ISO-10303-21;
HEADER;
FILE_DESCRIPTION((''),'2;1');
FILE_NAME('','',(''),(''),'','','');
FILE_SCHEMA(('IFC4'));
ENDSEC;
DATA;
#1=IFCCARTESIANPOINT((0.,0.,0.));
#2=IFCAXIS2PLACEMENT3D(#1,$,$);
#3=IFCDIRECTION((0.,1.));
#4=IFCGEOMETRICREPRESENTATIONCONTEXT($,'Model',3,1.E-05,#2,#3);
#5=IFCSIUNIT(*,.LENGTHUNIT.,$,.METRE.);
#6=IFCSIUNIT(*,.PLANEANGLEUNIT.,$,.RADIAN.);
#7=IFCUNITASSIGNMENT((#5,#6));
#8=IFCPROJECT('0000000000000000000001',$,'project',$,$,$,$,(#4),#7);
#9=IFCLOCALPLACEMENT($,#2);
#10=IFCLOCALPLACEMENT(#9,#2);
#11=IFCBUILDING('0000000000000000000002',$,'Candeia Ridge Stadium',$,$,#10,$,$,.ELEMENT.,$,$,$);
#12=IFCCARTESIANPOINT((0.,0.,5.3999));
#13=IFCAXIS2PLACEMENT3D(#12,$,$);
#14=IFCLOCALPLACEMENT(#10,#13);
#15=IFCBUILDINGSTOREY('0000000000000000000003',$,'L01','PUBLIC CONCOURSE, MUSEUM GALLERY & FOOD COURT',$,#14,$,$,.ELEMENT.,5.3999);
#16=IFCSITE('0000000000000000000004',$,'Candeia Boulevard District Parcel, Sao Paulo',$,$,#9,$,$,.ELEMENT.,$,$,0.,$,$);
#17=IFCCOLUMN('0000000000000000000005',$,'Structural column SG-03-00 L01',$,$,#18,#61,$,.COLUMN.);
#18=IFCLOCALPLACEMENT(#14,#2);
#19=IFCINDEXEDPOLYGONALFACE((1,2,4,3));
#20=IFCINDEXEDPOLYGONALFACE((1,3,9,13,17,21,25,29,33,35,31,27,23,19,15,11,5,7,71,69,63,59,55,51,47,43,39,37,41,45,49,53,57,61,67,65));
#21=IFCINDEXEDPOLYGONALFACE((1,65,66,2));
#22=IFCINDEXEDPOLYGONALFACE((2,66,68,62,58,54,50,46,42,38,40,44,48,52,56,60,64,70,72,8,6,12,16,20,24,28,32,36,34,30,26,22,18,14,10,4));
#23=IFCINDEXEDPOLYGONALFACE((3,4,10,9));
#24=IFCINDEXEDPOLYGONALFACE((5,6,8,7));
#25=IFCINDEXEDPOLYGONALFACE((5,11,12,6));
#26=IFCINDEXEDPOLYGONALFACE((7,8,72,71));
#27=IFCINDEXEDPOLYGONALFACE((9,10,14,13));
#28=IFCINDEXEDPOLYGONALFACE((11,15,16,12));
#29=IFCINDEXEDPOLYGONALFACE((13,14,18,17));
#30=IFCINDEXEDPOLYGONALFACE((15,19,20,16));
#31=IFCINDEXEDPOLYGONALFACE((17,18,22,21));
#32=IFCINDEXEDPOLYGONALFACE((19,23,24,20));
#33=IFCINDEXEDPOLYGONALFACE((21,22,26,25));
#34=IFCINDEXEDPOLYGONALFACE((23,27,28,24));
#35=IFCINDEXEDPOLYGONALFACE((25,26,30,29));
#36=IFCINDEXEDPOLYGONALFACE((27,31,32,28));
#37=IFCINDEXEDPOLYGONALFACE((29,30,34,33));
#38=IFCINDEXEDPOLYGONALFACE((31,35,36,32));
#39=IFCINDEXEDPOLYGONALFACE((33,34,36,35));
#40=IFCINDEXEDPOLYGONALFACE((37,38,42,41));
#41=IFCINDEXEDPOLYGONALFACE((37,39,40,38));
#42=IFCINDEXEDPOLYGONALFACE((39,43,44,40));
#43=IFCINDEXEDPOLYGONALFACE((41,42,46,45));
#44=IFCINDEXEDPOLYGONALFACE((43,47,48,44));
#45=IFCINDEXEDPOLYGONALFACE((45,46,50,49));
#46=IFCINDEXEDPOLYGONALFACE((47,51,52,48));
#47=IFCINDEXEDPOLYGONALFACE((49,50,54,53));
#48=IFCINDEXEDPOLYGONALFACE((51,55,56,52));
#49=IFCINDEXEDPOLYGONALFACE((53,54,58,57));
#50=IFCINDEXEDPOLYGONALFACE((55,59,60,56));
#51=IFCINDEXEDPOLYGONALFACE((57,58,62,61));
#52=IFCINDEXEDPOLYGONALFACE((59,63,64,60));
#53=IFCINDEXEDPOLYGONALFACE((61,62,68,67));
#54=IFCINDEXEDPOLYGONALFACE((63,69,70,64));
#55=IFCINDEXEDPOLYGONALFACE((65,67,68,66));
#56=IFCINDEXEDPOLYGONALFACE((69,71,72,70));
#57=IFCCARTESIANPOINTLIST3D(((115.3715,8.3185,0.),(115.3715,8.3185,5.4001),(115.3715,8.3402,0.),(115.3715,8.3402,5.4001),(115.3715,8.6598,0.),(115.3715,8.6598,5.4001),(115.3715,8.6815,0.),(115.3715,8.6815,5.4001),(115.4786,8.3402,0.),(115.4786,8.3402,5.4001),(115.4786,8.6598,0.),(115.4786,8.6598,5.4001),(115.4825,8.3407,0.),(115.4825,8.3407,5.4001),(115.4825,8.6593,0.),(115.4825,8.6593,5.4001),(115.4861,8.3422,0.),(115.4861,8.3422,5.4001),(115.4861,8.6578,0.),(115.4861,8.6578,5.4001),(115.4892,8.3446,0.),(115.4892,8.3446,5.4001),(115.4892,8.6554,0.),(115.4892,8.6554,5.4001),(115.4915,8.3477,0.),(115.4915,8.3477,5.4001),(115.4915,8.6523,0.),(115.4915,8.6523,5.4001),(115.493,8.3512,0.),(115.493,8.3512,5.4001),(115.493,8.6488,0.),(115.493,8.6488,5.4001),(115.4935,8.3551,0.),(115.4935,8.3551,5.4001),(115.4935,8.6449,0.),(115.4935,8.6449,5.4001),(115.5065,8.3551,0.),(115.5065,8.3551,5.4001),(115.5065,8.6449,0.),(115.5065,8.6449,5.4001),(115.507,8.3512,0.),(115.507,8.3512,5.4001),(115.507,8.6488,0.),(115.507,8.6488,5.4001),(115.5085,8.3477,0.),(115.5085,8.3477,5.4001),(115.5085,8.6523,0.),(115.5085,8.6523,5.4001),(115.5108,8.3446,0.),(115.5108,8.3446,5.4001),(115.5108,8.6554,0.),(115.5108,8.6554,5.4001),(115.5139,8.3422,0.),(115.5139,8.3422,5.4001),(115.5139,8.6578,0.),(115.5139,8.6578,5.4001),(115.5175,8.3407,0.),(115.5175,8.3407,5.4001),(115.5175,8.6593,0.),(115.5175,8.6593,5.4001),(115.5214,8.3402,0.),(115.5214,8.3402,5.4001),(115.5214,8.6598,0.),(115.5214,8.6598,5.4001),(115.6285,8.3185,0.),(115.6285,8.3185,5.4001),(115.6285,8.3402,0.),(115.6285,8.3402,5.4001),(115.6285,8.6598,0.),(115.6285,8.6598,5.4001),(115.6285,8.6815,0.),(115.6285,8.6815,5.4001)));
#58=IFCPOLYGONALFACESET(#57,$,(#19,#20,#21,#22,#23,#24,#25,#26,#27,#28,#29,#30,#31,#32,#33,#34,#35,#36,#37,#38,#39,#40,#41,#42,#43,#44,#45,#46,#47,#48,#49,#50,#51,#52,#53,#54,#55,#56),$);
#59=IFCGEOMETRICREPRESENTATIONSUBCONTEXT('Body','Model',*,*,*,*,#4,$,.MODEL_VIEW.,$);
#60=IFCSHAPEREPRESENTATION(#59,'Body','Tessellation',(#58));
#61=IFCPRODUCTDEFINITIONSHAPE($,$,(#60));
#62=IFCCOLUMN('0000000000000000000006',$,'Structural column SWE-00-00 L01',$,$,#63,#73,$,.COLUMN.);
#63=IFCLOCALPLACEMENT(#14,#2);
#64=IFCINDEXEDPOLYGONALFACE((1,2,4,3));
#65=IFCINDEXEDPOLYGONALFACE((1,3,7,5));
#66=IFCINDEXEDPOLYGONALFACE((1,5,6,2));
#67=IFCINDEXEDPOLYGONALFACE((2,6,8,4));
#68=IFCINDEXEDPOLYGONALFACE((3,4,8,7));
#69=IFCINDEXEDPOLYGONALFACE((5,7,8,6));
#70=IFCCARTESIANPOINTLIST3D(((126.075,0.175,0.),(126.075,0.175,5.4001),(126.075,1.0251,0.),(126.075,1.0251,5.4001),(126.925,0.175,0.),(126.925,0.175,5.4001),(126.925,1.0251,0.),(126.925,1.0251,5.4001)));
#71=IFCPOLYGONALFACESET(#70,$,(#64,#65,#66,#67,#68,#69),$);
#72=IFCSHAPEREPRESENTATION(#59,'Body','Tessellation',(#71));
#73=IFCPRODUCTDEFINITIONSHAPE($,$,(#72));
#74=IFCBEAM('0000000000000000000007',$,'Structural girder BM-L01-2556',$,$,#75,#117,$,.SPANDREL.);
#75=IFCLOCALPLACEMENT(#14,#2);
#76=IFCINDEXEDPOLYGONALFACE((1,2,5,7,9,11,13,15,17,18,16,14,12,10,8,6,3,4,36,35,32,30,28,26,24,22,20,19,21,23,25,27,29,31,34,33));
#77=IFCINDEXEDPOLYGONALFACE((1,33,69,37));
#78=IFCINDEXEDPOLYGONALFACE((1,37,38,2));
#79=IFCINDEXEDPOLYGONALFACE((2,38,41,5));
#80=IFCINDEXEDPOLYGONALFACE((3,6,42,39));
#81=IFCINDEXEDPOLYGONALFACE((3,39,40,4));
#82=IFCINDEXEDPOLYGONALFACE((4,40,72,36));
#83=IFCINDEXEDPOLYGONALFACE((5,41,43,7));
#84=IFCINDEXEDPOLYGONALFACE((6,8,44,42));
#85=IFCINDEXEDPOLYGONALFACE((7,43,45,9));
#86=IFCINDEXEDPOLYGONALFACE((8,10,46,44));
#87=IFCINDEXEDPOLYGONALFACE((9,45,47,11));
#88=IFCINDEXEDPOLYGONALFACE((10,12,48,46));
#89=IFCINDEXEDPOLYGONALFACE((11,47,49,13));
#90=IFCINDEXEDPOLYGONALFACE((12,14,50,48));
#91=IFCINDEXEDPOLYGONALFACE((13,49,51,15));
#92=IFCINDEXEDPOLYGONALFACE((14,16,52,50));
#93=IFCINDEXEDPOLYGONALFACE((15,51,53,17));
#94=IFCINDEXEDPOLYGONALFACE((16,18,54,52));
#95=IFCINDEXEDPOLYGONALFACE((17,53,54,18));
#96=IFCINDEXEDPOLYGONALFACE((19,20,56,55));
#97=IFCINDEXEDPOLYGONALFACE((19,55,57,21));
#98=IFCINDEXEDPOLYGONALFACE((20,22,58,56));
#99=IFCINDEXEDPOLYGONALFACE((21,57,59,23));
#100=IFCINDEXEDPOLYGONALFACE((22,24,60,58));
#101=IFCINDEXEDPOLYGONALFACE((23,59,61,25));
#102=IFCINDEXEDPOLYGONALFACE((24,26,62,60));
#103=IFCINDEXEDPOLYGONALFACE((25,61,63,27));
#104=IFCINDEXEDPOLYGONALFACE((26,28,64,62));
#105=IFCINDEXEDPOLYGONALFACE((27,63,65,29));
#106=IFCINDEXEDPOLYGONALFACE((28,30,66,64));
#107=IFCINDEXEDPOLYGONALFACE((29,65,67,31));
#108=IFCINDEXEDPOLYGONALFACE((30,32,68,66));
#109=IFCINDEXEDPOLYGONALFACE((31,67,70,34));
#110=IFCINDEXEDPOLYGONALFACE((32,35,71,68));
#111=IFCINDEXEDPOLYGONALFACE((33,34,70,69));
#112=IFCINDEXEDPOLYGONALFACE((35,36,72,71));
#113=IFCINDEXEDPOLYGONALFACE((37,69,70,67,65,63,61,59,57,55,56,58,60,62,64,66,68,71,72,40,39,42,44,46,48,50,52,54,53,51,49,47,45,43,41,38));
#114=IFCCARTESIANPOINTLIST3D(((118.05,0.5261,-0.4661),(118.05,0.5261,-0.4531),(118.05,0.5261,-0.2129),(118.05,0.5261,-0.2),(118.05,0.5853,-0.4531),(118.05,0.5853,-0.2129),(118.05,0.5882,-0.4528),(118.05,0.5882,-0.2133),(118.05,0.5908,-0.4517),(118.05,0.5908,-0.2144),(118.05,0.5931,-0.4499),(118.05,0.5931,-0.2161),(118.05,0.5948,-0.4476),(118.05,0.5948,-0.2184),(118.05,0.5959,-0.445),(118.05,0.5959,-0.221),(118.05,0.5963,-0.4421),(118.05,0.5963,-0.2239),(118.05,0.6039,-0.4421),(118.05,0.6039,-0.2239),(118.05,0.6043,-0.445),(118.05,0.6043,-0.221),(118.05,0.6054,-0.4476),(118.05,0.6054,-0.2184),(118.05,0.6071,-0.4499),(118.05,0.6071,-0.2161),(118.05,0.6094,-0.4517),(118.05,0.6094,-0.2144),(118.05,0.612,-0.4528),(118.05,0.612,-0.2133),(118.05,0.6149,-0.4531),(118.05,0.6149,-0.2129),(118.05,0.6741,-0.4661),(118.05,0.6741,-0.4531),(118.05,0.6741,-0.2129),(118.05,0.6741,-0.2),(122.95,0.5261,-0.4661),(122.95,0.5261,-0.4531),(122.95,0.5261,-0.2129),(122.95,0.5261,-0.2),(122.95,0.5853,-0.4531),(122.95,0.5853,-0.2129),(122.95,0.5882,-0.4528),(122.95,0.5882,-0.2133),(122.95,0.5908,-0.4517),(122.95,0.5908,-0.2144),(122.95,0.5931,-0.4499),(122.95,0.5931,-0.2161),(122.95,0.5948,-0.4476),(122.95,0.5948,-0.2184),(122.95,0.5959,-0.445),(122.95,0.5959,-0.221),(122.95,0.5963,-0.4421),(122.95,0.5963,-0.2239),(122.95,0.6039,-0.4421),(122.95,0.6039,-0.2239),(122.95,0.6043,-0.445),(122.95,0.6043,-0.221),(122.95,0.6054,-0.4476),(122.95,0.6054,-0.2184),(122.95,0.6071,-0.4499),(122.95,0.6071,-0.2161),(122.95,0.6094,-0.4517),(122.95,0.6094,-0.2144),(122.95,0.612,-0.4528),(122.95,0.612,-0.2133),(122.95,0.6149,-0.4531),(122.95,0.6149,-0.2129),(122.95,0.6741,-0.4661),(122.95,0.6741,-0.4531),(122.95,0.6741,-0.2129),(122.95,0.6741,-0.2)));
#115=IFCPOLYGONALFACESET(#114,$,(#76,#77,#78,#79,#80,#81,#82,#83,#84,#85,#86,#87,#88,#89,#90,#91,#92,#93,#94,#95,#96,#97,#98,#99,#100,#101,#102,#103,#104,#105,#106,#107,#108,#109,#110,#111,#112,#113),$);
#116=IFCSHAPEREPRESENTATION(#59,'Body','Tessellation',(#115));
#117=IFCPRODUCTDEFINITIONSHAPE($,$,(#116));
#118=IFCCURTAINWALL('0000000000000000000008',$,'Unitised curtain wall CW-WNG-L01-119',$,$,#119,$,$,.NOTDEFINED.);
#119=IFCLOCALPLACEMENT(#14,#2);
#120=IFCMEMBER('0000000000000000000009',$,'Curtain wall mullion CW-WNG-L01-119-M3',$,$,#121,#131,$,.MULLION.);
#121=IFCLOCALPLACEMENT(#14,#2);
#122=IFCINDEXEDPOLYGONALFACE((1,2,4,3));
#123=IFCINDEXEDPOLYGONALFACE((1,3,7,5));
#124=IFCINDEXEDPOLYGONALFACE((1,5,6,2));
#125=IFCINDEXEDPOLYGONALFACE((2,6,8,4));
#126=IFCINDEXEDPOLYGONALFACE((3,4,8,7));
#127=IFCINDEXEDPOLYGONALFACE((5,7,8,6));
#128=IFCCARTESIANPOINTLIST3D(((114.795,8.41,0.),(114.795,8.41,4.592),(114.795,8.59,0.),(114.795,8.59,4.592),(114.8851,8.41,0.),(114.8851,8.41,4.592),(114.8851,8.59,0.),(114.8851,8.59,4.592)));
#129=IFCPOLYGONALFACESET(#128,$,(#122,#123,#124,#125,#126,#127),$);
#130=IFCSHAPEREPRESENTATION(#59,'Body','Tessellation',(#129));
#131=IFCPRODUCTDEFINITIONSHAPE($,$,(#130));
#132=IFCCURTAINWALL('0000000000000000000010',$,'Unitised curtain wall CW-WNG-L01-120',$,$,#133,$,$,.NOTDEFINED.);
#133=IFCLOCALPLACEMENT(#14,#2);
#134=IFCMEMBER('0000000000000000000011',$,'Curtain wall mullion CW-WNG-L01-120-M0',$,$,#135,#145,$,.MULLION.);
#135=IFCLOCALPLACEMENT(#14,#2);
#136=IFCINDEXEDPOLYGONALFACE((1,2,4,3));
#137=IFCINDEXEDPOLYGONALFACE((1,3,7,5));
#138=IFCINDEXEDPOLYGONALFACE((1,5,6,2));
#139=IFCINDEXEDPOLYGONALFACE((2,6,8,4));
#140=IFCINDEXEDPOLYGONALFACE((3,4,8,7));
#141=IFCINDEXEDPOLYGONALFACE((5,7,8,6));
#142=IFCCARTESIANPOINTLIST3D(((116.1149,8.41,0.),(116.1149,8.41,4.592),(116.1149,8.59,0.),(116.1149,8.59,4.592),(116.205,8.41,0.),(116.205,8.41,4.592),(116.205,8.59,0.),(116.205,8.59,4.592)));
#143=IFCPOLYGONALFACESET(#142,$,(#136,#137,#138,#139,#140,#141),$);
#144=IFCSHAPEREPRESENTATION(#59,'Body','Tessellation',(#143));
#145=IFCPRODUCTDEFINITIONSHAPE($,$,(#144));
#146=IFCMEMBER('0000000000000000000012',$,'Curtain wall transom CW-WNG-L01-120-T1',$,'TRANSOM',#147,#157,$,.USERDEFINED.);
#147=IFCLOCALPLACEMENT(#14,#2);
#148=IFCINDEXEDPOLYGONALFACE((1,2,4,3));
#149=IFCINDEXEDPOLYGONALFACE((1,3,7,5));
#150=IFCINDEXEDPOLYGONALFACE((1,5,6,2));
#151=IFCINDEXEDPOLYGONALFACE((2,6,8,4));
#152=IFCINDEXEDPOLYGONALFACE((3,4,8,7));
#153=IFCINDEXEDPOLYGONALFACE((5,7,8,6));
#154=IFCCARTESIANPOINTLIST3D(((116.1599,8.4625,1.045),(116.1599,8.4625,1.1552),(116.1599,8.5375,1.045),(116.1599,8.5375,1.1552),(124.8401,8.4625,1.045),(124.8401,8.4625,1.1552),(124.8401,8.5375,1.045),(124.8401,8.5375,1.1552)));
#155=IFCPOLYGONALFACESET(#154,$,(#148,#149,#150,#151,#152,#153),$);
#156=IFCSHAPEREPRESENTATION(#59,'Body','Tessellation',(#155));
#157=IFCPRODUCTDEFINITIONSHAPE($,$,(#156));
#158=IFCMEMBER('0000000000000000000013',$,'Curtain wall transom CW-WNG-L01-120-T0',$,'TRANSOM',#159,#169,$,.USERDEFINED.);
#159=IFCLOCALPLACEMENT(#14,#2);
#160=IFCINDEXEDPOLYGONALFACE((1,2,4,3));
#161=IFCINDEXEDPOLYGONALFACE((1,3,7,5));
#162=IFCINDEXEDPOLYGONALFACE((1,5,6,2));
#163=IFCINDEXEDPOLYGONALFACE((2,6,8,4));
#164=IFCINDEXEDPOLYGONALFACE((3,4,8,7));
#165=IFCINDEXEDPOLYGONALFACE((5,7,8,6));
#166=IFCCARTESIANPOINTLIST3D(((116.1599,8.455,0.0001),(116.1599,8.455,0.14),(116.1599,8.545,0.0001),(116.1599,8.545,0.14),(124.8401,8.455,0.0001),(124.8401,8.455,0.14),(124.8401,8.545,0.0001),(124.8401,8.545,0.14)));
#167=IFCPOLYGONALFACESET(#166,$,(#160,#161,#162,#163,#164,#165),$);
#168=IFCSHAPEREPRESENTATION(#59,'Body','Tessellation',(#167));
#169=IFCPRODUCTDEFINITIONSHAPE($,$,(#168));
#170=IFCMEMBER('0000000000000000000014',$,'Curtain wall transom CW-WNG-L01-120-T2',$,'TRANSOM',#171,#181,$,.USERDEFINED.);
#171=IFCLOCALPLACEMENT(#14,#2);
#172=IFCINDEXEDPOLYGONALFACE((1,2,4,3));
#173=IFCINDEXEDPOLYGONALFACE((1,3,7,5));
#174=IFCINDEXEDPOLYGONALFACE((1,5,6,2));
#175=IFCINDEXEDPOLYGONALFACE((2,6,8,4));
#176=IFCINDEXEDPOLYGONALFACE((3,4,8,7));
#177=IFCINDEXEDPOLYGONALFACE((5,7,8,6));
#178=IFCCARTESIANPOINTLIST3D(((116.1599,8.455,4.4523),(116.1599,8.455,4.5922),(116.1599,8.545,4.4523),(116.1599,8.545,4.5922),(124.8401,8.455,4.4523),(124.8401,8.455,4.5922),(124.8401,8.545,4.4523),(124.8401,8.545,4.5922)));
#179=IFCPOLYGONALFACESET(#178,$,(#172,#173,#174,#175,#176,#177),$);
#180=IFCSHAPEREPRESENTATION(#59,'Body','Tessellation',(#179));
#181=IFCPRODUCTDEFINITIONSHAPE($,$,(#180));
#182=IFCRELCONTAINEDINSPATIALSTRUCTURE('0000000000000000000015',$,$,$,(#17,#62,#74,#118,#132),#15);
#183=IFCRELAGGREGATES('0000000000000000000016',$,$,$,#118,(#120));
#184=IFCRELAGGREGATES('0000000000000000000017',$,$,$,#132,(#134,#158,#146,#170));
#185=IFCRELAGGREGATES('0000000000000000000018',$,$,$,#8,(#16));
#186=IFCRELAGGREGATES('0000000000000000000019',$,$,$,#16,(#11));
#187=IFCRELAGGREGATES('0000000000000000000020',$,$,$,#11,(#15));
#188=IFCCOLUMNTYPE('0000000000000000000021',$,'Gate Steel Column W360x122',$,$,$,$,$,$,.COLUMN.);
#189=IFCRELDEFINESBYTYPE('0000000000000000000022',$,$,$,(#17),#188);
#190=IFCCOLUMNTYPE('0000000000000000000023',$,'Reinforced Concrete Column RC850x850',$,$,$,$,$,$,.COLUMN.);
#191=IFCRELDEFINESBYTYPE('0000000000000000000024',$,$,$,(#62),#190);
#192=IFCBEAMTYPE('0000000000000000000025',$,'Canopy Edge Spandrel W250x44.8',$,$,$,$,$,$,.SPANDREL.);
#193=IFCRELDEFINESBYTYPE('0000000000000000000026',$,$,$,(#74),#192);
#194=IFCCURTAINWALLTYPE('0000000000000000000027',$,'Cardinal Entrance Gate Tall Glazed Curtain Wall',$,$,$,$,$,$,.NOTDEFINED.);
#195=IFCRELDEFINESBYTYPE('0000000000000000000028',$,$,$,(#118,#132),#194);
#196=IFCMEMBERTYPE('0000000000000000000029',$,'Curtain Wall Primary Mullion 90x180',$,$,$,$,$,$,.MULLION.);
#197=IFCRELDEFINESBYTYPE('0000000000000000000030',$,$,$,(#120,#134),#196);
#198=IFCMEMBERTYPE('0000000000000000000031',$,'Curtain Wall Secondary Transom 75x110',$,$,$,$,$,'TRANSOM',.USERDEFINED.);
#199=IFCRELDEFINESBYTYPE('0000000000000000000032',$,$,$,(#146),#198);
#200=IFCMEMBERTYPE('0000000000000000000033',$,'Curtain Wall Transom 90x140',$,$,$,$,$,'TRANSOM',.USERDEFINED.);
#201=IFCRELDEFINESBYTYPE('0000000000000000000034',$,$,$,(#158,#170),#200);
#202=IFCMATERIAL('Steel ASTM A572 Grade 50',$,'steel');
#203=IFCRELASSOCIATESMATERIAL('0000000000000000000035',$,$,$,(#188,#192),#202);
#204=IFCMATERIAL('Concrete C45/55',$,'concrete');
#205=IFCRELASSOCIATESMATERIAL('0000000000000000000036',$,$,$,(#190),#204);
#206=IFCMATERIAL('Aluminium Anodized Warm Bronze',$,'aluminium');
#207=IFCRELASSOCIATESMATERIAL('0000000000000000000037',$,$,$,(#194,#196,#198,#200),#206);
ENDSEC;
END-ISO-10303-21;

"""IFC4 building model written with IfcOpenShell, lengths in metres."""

from ifc_helpers import new_model, si_unit, direction, frame, origin, origin_2d, place, context, subcontext, project, spatial, rectangle, i_section, extrude, material, material_profile, profile_set, type_object, element, aggregate, save


model = new_model("IFC4")

# Units and contexts
model_context = context("Model", 3, precision=1e-05, world=origin(), true_north=direction((0.0, 1.0)))
body_context = subcontext(model_context, "Body", "Model", "MODEL_VIEW")
ifc_project = project(units=[si_unit("LENGTHUNIT", "METRE"), si_unit("PLANEANGLEUNIT", "RADIAN")], contexts=[model_context])

# Site, building, storey
site_placement = place(None, origin())
site = spatial("IfcSite", under=ifc_project, at=site_placement, Name="Candeia Boulevard District Parcel, Sao Paulo", CompositionType="ELEMENT", RefElevation=0.0)
building_placement = place(site_placement, origin())
building = spatial("IfcBuilding", under=site, at=building_placement, Name="Candeia Ridge Stadium", CompositionType="ELEMENT")
storey_placement = place(building_placement, frame((0.0, 0.0, 5.3999)))
storey = spatial("IfcBuildingStorey", under=building, at=storey_placement, Name="L01", Description="PUBLIC CONCOURSE, MUSEUM GALLERY & FOOD COURT", CompositionType="ELEMENT", Elevation=5.3999)

# Columns
ifc_material_1 = material(Name="Steel ASTM A572 Grade 50", Category="steel")
ifc_material_profile_1 = material_profile(ifc_material_1, i_section(OverallWidth=0.2571, OverallDepth=0.363, WebThickness=0.0129, FlangeThickness=0.0217, FilletRadius=0.0149, at=origin_2d()), Name="W360x122", Category="steel")
ifc_profile_set_1 = profile_set([ifc_material_profile_1], Name="Steel ASTM A572 Grade 50")
column_type_1 = type_object("IfcColumnType", Name="Gate Steel Column W360x122", PredefinedType="COLUMN", material=ifc_profile_set_1)
column_1_placement = place(storey_placement, frame((115.5, 8.5, 0.0), z_axis=(0.0, 0.0, 1.0), x_axis=(1.0, 0.0, 0.0)))
element("IfcColumn", 1, at=column_1_placement, inside=storey, type_object=column_type_1, Name="Structural column SG-03-00 L01", PredefinedType="COLUMN", context=body_context, shape_type="SweptSolid", body=[
    extrude(i_section(OverallWidth=0.2571, OverallDepth=0.363, WebThickness=0.0129, FlangeThickness=0.0217, FilletRadius=0.0149, at=origin_2d()), origin(), (0.0, 0.0, 1.0), 5.4001),
])
ifc_material_2 = material(Name="Concrete C45/55", Category="concrete")
ifc_material_profile_2 = material_profile(ifc_material_2, rectangle(XDim=0.8501, YDim=0.8501, at=origin_2d()), Name="RC850x850", Category="concrete")
ifc_profile_set_2 = profile_set([ifc_material_profile_2], Name="Concrete C45/55")
column_type_2 = type_object("IfcColumnType", Name="Reinforced Concrete Column RC850x850", PredefinedType="COLUMN", material=ifc_profile_set_2)
column_2_placement = place(storey_placement, frame((126.5, 0.6001, 0.0), z_axis=(0.0, 0.0, 1.0), x_axis=(1.0, 0.0, 0.0)))
element("IfcColumn", 2, at=column_2_placement, inside=storey, type_object=column_type_2, Name="Structural column SWE-00-00 L01", PredefinedType="COLUMN", context=body_context, shape_type="SweptSolid", body=[
    extrude(rectangle(XDim=0.8501, YDim=0.8501, at=origin_2d()), origin(), (0.0, 0.0, 1.0), 5.4001),
])

# Beam
ifc_material_profile_3 = material_profile(ifc_material_1, i_section(OverallWidth=0.1479, OverallDepth=0.2661, WebThickness=0.0076, FlangeThickness=0.0129, FilletRadius=0.011, at=origin_2d()), Name="W250x44.8", Category="steel")
ifc_profile_set_3 = profile_set([ifc_material_profile_3], Name="Steel ASTM A572 Grade 50")
beam_type_1 = type_object("IfcBeamType", Name="Canopy Edge Spandrel W250x44.8", PredefinedType="SPANDREL", material=ifc_profile_set_3)
beam_1_placement = place(storey_placement, frame((118.05, 0.6001, -0.333), z_axis=(1.0, 0.0, 0.0), x_axis=(0.0, 1.0, 0.0)))
element("IfcBeam", 3, at=beam_1_placement, inside=storey, type_object=beam_type_1, Name="Structural girder BM-L01-2556", PredefinedType="SPANDREL", context=body_context, shape_type="SweptSolid", body=[
    extrude(i_section(OverallWidth=0.1479, OverallDepth=0.2661, WebThickness=0.0076, FlangeThickness=0.0129, FilletRadius=0.011, at=origin_2d()), origin(), (0.0, 0.0, 1.0), 4.8999),
])

# Curtain wall, member
ifc_material_3 = material(Name="Aluminium Anodized Warm Bronze", Category="aluminium")
curtain_wall_type = type_object("IfcCurtainWallType", Name="Cardinal Entrance Gate Tall Glazed Curtain Wall", PredefinedType="NOTDEFINED", material=ifc_material_3)
curtain_wall_1_placement = place(storey_placement, origin())
curtain_wall_1 = element("IfcCurtainWall", 4, at=curtain_wall_1_placement, inside=storey, type_object=curtain_wall_type, Name="Unitised curtain wall CW-WNG-L01-119", PredefinedType="NOTDEFINED")
ifc_material_profile_4 = material_profile(ifc_material_3, rectangle(XDim=0.0901, YDim=0.1799, at=origin_2d()), Name="CWM-90x180", Category="aluminium")
ifc_profile_set_4 = profile_set([ifc_material_profile_4], Name="Aluminium Anodized Warm Bronze")
member_type_1 = type_object("IfcMemberType", Name="Curtain Wall Primary Mullion 90x180", PredefinedType="MULLION", material=ifc_profile_set_4)
member_1_placement = place(storey_placement, frame((114.8401, 8.5, 0.0), z_axis=(0.0, 0.0, 1.0), x_axis=(1.0, 0.0, 0.0)))
member_1 = element("IfcMember", 5, at=member_1_placement, type_object=member_type_1, Name="Curtain wall mullion CW-WNG-L01-119-M3", PredefinedType="MULLION", context=body_context, shape_type="SweptSolid", body=[
    extrude(rectangle(XDim=0.0901, YDim=0.1799, at=origin_2d()), origin(), (0.0, 0.0, 1.0), 4.592),
])
aggregate(curtain_wall_1, [member_1])

# Curtain wall, members
curtain_wall_2_placement = place(storey_placement, origin())
curtain_wall_2 = element("IfcCurtainWall", 6, at=curtain_wall_2_placement, inside=storey, type_object=curtain_wall_type, Name="Unitised curtain wall CW-WNG-L01-120", PredefinedType="NOTDEFINED")
member_2_placement = place(storey_placement, frame((116.1599, 8.5, 0.0), z_axis=(0.0, 0.0, 1.0), x_axis=(1.0, 0.0, 0.0)))
member_2 = element("IfcMember", 7, at=member_2_placement, type_object=member_type_1, Name="Curtain wall mullion CW-WNG-L01-120-M0", PredefinedType="MULLION", context=body_context, shape_type="SweptSolid", body=[
    extrude(rectangle(XDim=0.0901, YDim=0.1799, at=origin_2d()), origin(), (0.0, 0.0, 1.0), 4.592),
])
ifc_material_profile_5 = material_profile(ifc_material_3, rectangle(XDim=0.075, YDim=0.1101, at=origin_2d()), Name="CWT-75x110", Category="aluminium")
ifc_profile_set_5 = profile_set([ifc_material_profile_5], Name="Aluminium Anodized Warm Bronze")
member_type_2 = type_object("IfcMemberType", Name="Curtain Wall Secondary Transom 75x110", ElementType="TRANSOM", PredefinedType="USERDEFINED", material=ifc_profile_set_5)
member_3_placement = place(storey_placement, frame((116.1599, 8.5, 1.1001), z_axis=(1.0, 0.0, 0.0), x_axis=(0.0, 1.0, 0.0)))
member_3 = element("IfcMember", 8, at=member_3_placement, type_object=member_type_2, Name="Curtain wall transom CW-WNG-L01-120-T1", ObjectType="TRANSOM", PredefinedType="USERDEFINED", context=body_context, shape_type="SweptSolid", body=[
    extrude(rectangle(XDim=0.075, YDim=0.1101, at=origin_2d()), origin(), (0.0, 0.0, 1.0), 8.6802),
])
ifc_material_profile_6 = material_profile(ifc_material_3, rectangle(XDim=0.0901, YDim=0.1399, at=origin_2d()), Name="CWT-90x140", Category="aluminium")
ifc_profile_set_6 = profile_set([ifc_material_profile_6], Name="Aluminium Anodized Warm Bronze")
member_type_3 = type_object("IfcMemberType", Name="Curtain Wall Transom 90x140", ElementType="TRANSOM", PredefinedType="USERDEFINED", material=ifc_profile_set_6)
member_4_placement = place(storey_placement, frame((116.1599, 8.5, 0.0701), z_axis=(1.0, 0.0, 0.0), x_axis=(0.0, 1.0, 0.0)))
member_4 = element("IfcMember", 9, at=member_4_placement, type_object=member_type_3, Name="Curtain wall transom CW-WNG-L01-120-T0", ObjectType="TRANSOM", PredefinedType="USERDEFINED", context=body_context, shape_type="SweptSolid", body=[
    extrude(rectangle(XDim=0.0901, YDim=0.1399, at=origin_2d()), origin(), (0.0, 0.0, 1.0), 8.6802),
])
member_5_placement = place(storey_placement, frame((116.1599, 8.5, 4.5222), z_axis=(1.0, 0.0, 0.0), x_axis=(0.0, 1.0, 0.0)))
member_5 = element("IfcMember", 10, at=member_5_placement, type_object=member_type_3, Name="Curtain wall transom CW-WNG-L01-120-T2", ObjectType="TRANSOM", PredefinedType="USERDEFINED", context=body_context, shape_type="SweptSolid", body=[
    extrude(rectangle(XDim=0.0901, YDim=0.1399, at=origin_2d()), origin(), (0.0, 0.0, 1.0), 8.6802),
])

aggregate(curtain_wall_2, [member_2, member_4, member_3, member_5])

save(model, "model.ifc")
